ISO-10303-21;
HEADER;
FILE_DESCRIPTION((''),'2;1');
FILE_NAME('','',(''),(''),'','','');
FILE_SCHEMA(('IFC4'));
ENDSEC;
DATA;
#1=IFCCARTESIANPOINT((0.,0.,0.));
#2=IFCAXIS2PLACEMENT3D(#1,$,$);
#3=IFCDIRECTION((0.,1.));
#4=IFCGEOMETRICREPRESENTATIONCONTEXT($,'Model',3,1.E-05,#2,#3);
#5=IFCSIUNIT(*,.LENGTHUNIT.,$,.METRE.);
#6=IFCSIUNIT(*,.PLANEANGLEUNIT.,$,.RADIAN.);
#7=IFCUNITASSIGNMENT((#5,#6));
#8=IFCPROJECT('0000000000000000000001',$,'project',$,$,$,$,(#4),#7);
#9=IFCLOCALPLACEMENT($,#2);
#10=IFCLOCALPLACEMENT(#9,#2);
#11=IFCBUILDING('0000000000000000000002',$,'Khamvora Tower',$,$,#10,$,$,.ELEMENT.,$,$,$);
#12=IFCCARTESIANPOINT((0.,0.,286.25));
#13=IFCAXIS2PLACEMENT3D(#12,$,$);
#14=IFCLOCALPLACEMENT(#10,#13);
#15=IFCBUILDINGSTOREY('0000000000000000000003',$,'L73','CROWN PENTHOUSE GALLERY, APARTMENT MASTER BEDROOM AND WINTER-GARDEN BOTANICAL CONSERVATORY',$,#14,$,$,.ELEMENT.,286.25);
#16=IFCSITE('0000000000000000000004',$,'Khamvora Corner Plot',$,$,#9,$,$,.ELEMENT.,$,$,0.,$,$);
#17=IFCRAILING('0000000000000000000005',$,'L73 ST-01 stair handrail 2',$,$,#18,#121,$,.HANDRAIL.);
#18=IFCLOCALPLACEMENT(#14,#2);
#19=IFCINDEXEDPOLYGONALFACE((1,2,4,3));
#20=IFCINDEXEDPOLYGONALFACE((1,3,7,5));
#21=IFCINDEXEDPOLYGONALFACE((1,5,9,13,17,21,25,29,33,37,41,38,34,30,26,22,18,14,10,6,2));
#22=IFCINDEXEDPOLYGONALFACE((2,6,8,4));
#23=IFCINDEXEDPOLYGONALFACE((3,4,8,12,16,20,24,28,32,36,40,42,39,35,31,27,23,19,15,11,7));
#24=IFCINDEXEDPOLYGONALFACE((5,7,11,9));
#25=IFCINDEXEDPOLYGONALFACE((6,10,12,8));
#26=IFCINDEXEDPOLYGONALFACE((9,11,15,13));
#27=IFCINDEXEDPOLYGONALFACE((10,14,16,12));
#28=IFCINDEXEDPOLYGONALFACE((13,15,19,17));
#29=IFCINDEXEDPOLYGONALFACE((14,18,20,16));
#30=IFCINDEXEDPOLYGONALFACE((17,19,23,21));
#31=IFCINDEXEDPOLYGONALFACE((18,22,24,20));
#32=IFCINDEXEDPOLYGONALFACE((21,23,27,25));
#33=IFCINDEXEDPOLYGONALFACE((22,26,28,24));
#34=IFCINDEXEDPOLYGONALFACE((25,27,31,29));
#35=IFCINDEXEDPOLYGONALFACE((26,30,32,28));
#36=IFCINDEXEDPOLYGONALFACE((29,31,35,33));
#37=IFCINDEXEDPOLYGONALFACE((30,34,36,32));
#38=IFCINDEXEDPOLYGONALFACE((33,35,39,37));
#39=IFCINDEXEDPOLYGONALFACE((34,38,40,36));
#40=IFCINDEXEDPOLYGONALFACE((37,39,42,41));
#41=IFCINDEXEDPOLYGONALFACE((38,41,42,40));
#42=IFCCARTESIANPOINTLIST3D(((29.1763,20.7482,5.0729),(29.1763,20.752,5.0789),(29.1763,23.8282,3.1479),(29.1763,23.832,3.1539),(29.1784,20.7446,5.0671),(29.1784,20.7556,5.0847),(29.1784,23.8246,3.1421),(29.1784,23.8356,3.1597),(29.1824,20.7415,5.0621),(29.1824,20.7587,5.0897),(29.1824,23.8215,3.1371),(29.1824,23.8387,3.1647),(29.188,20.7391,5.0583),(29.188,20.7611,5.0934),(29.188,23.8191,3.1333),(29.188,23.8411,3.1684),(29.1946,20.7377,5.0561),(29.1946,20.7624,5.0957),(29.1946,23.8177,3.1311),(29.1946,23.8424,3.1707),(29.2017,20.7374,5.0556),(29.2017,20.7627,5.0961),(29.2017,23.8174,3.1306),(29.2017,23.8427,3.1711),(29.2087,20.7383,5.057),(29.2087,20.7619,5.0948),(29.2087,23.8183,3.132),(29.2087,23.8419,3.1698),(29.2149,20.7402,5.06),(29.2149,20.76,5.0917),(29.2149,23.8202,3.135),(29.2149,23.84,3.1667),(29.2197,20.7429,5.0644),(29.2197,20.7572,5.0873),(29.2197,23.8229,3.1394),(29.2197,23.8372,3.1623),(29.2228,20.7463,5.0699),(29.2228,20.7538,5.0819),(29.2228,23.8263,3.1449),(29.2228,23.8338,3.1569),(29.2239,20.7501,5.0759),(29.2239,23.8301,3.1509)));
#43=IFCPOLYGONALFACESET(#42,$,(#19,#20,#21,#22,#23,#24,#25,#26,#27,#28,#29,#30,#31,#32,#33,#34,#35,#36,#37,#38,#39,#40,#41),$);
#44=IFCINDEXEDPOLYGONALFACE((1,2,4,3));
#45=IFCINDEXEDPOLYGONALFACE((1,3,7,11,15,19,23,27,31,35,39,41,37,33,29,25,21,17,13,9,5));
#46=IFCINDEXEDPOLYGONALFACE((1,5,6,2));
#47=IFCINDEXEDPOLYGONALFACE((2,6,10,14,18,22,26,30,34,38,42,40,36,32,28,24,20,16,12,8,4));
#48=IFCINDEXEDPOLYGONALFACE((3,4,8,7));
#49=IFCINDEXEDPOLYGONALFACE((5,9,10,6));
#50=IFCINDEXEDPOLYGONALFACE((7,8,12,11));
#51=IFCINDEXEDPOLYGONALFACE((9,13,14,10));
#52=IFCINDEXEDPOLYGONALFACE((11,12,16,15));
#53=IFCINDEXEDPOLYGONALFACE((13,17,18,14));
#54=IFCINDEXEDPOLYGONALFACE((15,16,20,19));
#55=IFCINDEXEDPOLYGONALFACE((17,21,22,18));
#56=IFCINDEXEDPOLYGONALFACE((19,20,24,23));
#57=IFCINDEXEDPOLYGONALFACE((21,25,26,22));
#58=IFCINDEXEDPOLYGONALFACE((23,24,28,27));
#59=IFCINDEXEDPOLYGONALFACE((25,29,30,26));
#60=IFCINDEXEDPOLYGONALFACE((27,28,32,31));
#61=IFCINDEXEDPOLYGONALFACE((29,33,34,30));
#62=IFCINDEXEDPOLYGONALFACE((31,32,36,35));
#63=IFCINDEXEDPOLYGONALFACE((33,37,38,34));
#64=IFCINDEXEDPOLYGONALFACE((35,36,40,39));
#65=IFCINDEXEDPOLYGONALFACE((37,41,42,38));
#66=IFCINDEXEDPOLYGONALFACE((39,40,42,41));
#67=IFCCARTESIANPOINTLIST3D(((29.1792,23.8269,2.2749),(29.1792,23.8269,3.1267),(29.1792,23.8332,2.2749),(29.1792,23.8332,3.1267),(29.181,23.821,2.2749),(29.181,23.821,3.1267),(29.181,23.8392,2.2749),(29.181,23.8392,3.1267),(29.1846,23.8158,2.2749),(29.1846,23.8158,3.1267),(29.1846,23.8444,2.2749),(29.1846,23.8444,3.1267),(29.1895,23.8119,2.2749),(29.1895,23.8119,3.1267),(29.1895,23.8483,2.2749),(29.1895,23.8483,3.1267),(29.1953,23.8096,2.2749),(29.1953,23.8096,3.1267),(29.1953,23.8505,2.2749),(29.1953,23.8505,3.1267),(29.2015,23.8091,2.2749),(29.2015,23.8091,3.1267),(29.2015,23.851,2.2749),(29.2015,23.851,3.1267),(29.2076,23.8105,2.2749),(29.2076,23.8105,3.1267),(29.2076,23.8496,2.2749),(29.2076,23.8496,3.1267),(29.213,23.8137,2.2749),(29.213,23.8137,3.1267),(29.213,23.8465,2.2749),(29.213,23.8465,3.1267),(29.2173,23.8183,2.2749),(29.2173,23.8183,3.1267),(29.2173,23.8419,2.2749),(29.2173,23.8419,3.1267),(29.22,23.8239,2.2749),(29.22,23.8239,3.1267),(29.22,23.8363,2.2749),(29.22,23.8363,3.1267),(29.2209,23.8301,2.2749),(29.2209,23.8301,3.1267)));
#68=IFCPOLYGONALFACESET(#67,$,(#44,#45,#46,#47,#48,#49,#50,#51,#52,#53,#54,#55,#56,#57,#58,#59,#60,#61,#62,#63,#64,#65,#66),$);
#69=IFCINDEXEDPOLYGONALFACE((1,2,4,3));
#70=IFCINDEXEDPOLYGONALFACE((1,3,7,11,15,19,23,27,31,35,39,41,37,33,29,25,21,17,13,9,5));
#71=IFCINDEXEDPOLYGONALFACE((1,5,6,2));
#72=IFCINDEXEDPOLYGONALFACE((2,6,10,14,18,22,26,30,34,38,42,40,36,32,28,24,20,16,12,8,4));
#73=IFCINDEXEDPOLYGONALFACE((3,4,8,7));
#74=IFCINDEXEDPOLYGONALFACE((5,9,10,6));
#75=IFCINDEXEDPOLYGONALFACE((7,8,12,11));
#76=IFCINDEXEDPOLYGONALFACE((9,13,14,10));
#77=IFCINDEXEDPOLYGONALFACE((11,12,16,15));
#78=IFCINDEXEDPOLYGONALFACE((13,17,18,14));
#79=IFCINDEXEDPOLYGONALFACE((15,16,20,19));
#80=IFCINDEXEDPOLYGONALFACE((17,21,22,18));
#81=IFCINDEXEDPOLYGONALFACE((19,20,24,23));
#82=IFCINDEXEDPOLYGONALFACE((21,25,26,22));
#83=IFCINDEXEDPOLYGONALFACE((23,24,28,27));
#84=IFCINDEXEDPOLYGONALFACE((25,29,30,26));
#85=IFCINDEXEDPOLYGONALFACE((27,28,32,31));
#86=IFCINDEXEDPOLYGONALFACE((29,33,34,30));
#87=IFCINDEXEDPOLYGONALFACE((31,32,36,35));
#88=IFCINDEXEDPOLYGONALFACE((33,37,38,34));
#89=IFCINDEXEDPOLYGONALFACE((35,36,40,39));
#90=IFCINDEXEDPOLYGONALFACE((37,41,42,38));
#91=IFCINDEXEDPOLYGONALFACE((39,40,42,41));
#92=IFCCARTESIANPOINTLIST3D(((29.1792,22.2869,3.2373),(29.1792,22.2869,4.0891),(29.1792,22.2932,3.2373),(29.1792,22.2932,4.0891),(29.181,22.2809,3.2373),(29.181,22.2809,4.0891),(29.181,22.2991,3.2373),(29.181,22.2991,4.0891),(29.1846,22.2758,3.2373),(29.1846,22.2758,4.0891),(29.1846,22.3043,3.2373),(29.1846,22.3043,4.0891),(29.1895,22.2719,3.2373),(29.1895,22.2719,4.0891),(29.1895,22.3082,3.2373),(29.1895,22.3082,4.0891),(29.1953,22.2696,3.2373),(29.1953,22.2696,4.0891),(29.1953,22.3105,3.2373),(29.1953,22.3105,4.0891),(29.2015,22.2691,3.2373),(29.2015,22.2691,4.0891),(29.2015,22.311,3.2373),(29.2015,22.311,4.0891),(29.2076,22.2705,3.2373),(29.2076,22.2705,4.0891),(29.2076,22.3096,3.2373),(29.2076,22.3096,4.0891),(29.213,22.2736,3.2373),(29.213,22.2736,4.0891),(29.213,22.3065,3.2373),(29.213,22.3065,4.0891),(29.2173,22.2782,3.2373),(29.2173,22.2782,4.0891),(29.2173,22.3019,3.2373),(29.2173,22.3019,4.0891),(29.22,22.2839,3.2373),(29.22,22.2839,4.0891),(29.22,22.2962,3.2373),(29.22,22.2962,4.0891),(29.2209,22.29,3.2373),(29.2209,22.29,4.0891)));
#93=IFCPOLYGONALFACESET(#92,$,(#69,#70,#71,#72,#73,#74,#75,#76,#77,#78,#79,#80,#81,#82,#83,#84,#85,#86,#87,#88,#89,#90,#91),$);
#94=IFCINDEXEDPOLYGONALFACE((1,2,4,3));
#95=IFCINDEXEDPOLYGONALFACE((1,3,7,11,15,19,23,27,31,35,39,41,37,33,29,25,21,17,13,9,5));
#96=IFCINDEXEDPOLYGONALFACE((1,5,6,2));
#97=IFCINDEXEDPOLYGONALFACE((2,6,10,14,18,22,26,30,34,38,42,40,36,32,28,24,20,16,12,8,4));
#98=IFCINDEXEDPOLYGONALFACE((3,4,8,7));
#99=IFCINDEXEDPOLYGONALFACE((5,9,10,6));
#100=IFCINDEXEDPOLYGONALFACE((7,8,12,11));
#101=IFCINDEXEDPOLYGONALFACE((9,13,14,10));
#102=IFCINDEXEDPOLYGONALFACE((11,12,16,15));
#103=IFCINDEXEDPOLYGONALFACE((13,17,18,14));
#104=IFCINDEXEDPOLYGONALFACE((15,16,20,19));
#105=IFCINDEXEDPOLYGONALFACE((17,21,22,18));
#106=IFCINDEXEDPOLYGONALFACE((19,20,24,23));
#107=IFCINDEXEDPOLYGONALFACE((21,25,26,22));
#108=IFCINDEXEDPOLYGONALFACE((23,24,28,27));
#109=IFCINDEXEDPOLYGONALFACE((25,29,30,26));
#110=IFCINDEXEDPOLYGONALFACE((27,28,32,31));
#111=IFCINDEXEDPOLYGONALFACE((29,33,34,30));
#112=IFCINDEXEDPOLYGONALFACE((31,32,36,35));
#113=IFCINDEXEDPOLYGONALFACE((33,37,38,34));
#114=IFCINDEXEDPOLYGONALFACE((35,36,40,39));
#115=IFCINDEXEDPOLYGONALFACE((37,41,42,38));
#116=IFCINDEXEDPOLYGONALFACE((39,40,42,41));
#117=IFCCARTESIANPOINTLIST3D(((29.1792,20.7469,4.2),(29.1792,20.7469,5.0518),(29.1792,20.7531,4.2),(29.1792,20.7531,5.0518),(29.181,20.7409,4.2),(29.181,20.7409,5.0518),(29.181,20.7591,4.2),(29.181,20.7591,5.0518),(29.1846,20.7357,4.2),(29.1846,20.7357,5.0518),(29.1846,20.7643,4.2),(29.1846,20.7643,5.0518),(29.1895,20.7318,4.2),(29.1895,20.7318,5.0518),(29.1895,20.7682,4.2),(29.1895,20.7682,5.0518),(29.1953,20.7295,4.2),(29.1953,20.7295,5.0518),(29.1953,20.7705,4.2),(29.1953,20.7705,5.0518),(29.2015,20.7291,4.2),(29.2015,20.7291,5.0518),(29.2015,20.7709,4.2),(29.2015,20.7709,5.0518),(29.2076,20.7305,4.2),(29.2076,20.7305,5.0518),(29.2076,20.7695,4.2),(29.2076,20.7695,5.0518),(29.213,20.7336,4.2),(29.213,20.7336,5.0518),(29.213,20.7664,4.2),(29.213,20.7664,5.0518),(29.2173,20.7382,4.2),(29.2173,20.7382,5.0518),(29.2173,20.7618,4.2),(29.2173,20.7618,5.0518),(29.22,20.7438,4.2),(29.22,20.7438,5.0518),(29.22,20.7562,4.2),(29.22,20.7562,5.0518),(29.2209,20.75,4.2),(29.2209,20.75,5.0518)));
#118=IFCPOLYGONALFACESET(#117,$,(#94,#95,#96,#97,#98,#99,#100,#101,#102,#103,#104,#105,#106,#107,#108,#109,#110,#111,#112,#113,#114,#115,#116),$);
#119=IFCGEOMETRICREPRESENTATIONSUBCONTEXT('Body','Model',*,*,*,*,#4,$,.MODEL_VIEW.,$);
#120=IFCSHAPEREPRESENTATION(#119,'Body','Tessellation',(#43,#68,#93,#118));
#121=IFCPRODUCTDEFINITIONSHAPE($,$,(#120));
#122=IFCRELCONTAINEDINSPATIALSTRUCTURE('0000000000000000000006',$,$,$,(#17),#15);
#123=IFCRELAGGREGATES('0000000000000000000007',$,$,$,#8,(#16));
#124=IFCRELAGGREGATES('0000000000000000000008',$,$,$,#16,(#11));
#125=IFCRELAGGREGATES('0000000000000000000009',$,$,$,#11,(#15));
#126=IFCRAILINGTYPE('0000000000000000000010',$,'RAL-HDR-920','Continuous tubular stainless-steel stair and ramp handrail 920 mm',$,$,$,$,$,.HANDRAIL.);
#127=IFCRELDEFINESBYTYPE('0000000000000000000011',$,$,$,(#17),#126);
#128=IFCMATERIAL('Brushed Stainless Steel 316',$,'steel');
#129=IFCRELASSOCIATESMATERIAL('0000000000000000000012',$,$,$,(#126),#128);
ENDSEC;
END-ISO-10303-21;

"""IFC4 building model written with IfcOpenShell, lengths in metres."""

from ifc_helpers import new_model, si_unit, direction, frame, origin, origin_2d, place, context, subcontext, project, spatial, circle, extrude, material, type_object, element, save


model = new_model("IFC4")

# Units and contexts
model_context = context("Model", 3, precision=1e-05, world=origin(), true_north=direction((0.0, 1.0)))
body_context = subcontext(model_context, "Body", "Model", "MODEL_VIEW")
ifc_project = project(units=[si_unit("LENGTHUNIT", "METRE"), si_unit("PLANEANGLEUNIT", "RADIAN")], contexts=[model_context])

# Site, building, storey
site_placement = place(None, origin())
site = spatial("IfcSite", under=ifc_project, at=site_placement, Name="Khamvora Corner Plot", CompositionType="ELEMENT", RefElevation=0.0)
building_placement = place(site_placement, origin())
building = spatial("IfcBuilding", under=site, at=building_placement, Name="Khamvora Tower", CompositionType="ELEMENT")
storey_placement = place(building_placement, frame((0.0, 0.0, 286.25)))
storey = spatial("IfcBuildingStorey", under=building, at=storey_placement, Name="L73", Description="CROWN PENTHOUSE GALLERY, APARTMENT MASTER BEDROOM AND WINTER-GARDEN BOTANICAL CONSERVATORY", CompositionType="ELEMENT", Elevation=286.25)

# Railing
ifc_material_1 = material(Name="Brushed Stainless Steel 316", Category="steel")
railing_type_1 = type_object("IfcRailingType", Name="RAL-HDR-920", Description="Continuous tubular stainless-steel stair and ramp handrail 920 mm", PredefinedType="HANDRAIL", material=ifc_material_1)
railing_1_placement = place(storey_placement, frame((29.2, 23.8301, 2.2749)))
element("IfcRailing", 1, at=railing_1_placement, inside=storey, type_object=railing_type_1, Name="L73 ST-01 stair handrail 2", PredefinedType="HANDRAIL", context=body_context, shape_type="SweptSolid", body=[
    extrude(circle(Radius=0.0239, at=origin_2d()), frame((0.0, 0.0, 0.876), z_axis=(0.0, -0.847998, 0.529999), x_axis=(1.0, 0.0, 0.0)), (0.0, 0.0, 1.0), 3.6321),
    extrude(circle(Radius=0.021, at=origin_2d()), origin(), (0.0, 0.0, 1.0), 0.8518),
    extrude(circle(Radius=0.021, at=origin_2d()), frame((0.0, -1.54, 0.9624)), (0.0, 0.0, 1.0), 0.8518),
    extrude(circle(Radius=0.021, at=origin_2d()), frame((0.0, -3.0801, 1.925)), (0.0, 0.0, 1.0), 0.8518),
])

save(model, "model.ifc")
